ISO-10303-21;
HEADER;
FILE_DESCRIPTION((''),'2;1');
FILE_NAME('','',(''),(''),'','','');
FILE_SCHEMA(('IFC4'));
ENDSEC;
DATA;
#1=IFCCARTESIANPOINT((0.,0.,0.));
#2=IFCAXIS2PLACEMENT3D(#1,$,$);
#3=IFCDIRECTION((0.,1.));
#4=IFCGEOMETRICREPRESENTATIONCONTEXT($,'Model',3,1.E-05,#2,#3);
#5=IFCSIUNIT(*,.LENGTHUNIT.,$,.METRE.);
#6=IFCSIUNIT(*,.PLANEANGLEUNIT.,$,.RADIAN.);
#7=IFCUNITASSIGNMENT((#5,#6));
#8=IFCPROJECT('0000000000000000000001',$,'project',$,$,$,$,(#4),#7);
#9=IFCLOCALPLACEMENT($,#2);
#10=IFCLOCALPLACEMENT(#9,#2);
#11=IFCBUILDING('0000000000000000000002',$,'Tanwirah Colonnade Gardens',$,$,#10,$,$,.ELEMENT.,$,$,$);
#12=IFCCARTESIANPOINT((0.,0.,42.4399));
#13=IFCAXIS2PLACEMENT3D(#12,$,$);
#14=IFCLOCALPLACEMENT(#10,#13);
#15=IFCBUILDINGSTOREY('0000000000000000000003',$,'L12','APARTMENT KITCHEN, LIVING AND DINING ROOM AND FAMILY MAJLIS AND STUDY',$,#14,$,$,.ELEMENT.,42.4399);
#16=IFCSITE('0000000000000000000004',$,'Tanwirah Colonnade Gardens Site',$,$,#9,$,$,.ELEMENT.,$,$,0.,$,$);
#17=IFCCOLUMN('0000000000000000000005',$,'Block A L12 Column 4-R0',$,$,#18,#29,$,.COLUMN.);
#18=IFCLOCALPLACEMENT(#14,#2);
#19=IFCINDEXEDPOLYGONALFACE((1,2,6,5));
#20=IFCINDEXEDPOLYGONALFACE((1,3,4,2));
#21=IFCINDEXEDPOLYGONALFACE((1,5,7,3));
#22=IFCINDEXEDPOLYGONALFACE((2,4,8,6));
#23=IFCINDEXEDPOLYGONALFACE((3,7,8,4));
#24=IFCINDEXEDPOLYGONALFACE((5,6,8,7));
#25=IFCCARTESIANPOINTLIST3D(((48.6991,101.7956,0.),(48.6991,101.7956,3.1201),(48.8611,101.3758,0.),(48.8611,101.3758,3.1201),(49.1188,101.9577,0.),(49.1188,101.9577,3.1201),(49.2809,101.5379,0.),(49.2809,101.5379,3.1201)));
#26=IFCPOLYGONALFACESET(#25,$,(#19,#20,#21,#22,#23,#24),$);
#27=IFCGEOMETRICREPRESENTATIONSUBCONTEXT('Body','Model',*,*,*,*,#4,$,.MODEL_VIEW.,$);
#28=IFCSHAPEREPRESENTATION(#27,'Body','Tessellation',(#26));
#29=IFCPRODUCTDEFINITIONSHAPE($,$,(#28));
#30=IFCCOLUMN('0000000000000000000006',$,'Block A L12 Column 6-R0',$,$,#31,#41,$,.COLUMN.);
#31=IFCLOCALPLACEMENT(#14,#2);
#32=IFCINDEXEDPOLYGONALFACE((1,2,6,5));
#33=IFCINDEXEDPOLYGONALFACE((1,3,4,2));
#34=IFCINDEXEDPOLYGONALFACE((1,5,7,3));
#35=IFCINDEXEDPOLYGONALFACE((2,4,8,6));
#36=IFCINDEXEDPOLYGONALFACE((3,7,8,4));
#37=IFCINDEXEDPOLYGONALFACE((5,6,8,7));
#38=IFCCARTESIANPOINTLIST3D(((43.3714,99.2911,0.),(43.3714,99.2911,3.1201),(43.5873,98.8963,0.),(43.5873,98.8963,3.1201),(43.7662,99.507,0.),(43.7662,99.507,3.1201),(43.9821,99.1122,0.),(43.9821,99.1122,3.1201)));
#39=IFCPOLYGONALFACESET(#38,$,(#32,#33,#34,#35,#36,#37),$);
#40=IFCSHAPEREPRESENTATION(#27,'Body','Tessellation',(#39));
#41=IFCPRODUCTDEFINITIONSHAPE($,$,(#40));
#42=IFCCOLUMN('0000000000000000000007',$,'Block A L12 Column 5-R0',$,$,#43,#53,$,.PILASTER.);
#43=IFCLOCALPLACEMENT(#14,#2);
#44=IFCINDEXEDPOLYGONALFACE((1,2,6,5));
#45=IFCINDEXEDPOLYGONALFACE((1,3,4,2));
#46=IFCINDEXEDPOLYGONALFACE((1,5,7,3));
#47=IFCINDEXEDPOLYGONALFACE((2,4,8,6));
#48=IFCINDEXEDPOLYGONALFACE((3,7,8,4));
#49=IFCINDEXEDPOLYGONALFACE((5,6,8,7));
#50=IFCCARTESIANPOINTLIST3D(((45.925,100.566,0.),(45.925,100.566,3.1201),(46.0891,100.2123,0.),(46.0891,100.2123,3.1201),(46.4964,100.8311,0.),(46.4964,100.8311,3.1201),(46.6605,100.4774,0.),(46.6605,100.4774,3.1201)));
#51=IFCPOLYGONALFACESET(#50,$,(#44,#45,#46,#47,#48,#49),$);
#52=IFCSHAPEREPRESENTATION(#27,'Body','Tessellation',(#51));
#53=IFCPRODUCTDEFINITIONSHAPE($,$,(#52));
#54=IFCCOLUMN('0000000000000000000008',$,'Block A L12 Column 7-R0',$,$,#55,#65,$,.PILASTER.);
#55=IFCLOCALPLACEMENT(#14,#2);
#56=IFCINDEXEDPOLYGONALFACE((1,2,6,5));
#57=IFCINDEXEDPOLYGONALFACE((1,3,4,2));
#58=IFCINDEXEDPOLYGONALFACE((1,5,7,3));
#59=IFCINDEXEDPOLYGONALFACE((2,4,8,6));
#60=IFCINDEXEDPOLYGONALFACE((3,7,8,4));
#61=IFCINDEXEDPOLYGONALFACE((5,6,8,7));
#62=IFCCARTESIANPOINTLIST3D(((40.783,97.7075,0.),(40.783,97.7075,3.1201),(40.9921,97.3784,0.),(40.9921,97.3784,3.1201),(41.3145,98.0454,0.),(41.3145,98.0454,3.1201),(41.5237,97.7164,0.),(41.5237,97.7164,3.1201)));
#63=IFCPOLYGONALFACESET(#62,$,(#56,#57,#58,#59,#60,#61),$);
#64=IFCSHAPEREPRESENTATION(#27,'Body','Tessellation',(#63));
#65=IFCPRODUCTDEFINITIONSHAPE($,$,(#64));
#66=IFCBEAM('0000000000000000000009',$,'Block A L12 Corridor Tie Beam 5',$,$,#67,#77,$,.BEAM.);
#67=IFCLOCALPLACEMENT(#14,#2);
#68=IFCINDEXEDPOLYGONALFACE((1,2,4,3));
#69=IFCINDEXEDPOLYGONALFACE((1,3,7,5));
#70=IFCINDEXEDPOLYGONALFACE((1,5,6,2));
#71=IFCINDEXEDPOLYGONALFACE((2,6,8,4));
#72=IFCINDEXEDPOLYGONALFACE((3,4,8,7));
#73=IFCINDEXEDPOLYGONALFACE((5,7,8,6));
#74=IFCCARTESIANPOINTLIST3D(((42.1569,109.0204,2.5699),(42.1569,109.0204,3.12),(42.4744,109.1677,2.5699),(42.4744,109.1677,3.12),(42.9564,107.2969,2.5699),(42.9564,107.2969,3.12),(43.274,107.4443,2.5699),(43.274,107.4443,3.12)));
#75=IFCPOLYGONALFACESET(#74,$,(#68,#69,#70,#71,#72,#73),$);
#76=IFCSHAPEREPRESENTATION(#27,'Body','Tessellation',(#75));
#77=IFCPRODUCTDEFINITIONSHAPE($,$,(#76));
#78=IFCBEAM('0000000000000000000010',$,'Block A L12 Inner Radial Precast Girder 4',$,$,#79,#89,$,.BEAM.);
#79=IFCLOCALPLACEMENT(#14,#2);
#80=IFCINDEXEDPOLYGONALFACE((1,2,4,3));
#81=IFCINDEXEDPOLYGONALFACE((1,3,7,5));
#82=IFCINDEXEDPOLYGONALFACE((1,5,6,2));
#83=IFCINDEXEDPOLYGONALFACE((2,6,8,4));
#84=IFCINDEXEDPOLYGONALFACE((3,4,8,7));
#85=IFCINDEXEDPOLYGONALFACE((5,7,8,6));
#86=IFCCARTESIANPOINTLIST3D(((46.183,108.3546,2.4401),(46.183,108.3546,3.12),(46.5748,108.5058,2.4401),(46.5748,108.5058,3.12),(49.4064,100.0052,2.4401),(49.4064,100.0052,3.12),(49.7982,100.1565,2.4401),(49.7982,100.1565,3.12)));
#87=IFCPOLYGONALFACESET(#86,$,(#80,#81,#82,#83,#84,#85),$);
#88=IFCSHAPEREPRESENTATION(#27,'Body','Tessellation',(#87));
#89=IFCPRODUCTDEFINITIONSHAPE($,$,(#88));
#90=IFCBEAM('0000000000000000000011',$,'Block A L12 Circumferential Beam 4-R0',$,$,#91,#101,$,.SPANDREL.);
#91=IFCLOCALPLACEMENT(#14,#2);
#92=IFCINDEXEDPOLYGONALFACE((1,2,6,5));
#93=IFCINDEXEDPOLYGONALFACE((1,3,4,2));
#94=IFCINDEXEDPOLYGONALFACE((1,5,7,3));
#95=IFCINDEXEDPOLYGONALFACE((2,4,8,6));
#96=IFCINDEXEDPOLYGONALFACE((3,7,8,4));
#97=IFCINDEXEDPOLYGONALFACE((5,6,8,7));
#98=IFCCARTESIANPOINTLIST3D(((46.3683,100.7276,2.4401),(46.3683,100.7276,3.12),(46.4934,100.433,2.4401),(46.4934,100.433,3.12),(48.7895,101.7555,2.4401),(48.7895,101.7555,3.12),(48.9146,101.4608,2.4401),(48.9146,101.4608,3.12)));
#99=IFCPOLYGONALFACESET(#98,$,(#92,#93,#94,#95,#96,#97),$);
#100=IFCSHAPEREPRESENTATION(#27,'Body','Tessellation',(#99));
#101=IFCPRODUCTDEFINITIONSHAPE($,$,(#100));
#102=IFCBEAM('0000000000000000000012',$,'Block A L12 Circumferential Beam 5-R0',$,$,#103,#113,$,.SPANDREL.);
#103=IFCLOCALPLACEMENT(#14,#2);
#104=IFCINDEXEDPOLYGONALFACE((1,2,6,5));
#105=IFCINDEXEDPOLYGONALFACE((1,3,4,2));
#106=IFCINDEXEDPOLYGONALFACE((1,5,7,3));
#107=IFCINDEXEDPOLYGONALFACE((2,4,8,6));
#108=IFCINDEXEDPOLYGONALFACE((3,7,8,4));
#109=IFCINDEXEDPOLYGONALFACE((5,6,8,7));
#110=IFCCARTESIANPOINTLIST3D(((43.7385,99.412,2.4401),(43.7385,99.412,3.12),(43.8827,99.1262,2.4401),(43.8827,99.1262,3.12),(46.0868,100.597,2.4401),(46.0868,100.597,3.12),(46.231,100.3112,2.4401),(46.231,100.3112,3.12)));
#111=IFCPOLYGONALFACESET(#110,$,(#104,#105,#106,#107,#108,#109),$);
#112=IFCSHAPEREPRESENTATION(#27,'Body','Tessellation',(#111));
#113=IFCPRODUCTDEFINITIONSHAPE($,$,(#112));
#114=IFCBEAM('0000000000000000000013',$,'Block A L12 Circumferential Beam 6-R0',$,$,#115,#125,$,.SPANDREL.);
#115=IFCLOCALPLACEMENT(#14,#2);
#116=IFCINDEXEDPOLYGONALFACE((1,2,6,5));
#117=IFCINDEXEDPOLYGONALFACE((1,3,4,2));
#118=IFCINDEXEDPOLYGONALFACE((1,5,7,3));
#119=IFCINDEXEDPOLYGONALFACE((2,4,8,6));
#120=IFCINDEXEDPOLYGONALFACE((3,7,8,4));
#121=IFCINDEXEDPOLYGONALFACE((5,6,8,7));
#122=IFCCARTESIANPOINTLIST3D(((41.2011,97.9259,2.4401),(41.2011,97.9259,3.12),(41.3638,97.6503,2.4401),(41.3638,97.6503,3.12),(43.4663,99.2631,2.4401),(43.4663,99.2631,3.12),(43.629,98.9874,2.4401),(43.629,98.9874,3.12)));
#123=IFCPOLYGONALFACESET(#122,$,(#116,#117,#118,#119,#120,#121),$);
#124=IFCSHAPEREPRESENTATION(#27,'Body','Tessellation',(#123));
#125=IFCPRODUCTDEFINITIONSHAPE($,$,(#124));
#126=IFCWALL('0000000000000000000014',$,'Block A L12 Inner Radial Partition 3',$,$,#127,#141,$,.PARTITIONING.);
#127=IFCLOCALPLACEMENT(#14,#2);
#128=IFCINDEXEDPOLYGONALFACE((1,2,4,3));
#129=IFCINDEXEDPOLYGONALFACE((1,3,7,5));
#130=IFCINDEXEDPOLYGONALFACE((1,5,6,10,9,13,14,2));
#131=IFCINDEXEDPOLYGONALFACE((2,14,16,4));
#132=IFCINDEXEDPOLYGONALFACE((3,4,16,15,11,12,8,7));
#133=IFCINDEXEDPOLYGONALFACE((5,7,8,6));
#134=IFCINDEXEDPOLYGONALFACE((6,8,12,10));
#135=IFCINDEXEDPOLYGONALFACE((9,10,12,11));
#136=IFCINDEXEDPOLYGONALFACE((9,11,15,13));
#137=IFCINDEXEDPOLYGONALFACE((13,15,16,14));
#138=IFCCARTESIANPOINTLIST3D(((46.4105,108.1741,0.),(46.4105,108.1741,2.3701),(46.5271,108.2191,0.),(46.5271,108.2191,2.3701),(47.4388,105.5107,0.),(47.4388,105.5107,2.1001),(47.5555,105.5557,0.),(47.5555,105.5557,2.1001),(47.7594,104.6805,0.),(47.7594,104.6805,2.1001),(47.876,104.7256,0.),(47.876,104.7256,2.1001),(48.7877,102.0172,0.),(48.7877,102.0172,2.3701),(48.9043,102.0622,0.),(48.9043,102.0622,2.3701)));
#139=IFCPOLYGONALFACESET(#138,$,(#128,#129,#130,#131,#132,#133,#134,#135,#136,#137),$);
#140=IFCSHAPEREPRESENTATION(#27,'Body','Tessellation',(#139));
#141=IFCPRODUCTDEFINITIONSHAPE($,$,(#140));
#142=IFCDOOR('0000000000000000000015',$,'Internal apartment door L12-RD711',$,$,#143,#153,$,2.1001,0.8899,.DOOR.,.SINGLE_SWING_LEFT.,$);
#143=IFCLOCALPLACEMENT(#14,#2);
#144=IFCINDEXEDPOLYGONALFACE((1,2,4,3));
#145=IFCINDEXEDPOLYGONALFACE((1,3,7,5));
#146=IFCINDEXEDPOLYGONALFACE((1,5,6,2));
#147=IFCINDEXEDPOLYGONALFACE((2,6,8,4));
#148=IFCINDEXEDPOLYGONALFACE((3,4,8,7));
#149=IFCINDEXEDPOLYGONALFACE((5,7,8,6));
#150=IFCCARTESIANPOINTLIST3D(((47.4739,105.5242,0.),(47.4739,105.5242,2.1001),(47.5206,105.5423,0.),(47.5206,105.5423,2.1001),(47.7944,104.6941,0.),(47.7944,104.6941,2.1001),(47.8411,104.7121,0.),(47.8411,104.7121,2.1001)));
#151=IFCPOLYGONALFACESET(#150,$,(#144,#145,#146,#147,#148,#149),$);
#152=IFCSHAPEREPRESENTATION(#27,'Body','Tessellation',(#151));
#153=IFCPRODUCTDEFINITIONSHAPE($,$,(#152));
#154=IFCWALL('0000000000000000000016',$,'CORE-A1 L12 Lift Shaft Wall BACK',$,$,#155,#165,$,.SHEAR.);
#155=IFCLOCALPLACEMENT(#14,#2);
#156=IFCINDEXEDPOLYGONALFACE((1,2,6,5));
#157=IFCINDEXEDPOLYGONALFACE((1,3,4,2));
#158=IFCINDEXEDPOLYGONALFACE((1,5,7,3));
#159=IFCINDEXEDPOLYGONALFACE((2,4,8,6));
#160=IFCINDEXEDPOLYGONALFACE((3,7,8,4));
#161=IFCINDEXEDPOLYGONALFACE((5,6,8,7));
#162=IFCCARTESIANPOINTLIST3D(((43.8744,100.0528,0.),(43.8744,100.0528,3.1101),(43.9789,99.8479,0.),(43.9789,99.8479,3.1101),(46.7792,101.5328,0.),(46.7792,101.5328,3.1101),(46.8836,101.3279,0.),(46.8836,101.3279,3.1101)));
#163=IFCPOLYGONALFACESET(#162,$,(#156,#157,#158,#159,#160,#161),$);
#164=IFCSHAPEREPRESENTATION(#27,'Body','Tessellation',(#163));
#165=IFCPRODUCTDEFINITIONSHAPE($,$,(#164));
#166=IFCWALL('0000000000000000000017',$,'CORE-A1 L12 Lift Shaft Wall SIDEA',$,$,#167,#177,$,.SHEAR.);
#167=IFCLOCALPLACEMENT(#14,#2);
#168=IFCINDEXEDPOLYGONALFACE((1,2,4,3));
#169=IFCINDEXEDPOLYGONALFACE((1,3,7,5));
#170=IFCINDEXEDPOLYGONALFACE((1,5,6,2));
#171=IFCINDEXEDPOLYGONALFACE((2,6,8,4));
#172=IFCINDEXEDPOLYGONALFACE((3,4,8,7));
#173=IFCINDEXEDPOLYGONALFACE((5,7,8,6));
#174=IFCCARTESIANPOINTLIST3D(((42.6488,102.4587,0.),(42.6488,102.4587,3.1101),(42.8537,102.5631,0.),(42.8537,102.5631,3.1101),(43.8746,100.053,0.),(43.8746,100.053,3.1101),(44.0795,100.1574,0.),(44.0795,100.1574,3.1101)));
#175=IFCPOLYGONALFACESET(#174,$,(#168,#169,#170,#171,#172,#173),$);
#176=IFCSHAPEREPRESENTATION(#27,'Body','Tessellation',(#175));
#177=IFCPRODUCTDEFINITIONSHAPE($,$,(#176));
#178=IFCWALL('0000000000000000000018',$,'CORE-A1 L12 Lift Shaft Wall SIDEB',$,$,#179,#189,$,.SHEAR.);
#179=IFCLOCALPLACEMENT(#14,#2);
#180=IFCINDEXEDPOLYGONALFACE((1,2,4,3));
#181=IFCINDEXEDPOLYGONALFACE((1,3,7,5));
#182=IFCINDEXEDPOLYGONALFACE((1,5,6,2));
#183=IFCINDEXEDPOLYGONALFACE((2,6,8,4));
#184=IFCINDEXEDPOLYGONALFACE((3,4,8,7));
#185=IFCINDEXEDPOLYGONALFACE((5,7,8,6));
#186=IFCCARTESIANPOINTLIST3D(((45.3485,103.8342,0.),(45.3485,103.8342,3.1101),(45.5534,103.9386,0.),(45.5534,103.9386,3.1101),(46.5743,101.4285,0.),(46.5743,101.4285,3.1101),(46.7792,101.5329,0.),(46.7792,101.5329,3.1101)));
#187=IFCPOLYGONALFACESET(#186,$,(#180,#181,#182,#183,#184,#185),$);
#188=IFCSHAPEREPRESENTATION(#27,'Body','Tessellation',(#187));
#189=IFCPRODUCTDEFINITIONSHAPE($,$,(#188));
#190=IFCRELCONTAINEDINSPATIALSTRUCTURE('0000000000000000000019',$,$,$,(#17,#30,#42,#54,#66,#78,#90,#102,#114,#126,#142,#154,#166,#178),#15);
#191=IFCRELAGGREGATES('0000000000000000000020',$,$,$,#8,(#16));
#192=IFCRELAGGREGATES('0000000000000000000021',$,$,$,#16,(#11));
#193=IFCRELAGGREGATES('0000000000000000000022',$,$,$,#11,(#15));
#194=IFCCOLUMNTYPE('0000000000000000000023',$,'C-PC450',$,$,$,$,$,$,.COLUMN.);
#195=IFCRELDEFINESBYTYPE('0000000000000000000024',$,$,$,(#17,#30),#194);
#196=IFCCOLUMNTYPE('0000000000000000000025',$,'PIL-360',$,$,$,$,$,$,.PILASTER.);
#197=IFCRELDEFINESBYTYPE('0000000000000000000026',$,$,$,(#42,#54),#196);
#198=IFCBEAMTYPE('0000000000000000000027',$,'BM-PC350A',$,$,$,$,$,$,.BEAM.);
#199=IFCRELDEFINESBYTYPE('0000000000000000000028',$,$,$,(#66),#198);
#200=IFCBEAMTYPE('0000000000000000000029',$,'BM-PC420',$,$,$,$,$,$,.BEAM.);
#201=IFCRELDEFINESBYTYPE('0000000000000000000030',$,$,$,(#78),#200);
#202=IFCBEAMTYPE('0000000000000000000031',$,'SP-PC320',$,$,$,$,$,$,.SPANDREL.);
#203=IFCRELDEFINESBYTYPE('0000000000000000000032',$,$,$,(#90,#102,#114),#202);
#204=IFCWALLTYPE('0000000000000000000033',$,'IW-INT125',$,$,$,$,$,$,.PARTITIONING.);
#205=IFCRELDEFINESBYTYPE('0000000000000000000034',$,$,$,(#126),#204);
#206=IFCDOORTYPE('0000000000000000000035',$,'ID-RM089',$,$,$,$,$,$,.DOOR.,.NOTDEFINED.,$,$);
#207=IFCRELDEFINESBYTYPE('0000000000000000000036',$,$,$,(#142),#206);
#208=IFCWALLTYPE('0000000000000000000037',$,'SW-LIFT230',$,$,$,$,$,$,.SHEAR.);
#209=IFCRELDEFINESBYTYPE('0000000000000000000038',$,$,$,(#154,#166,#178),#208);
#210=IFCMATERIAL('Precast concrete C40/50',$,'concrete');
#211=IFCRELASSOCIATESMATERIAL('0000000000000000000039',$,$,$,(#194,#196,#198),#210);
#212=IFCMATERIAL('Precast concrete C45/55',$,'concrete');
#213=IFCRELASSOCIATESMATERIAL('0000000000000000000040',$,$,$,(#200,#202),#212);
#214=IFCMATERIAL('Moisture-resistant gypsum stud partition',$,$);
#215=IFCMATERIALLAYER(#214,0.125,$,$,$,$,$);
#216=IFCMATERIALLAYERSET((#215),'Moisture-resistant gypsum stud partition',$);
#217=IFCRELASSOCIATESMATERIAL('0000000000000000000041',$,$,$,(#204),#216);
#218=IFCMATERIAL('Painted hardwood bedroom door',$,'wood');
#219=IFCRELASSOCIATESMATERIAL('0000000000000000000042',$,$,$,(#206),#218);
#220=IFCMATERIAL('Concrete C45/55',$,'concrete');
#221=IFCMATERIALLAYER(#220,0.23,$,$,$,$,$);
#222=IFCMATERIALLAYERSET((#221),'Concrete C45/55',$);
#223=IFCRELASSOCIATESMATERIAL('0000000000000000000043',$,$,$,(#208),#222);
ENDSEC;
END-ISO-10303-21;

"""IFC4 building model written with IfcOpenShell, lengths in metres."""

from ifc_helpers import new_model, si_unit, direction, frame, frame_2d, origin, origin_2d, place, context, subcontext, project, spatial, rectangle, extrude, material, layer, layer_set, material_profile, profile_set, type_object, element, fill, save


model = new_model("IFC4")

# Units and contexts
model_context = context("Model", 3, precision=1e-05, world=origin(), true_north=direction((0.0, 1.0)))
body_context = subcontext(model_context, "Body", "Model", "MODEL_VIEW")
ifc_project = project(units=[si_unit("LENGTHUNIT", "METRE"), si_unit("PLANEANGLEUNIT", "RADIAN")], contexts=[model_context])

# Site, building, storey
site_placement = place(None, origin())
site = spatial("IfcSite", under=ifc_project, at=site_placement, Name="Tanwirah Colonnade Gardens Site", CompositionType="ELEMENT", RefElevation=0.0)
building_placement = place(site_placement, origin())
building = spatial("IfcBuilding", under=site, at=building_placement, Name="Tanwirah Colonnade Gardens", CompositionType="ELEMENT")
storey_placement = place(building_placement, frame((0.0, 0.0, 42.4399)))
storey = spatial("IfcBuildingStorey", under=building, at=storey_placement, Name="L12", Description="APARTMENT KITCHEN, LIVING AND DINING ROOM AND FAMILY MAJLIS AND STUDY", CompositionType="ELEMENT", Elevation=42.4399)

# Columns
ifc_material_1 = material(Name="Precast concrete C40/50", Category="concrete")
ifc_material_profile_1 = material_profile(ifc_material_1, rectangle(XDim=0.45, YDim=0.45, at=origin_2d()), Name="PC-COL 450x450")
ifc_profile_set_1 = profile_set([ifc_material_profile_1], Name="Precast concrete C40/50")
column_type_1 = type_object("IfcColumnType", Name="C-PC450", PredefinedType="COLUMN", material=ifc_profile_set_1)
for number, where, z_axis, x_axis, name in (
    (1, (48.99, 101.6667, 0.0), (0.0, 0.0, 1.0), (-0.360178, 0.932884, 0.0), "Block A L12 Column 4-R0"),
    (2, (43.6768, 99.2017, 0.0), (0.0, 0.0, 1.0), (-0.479713, 0.877425, 0.0), "Block A L12 Column 6-R0"),
):
    element("IfcColumn", number, at=place(storey_placement, frame(where, z_axis=z_axis, x_axis=x_axis)), inside=storey, type_object=column_type_1, Name=name, PredefinedType="COLUMN", context=body_context, shape_type="SweptSolid", body=[
        extrude(rectangle(XDim=0.45, YDim=0.45, at=origin_2d()), origin(), (0.0, 0.0, 1.0), 3.1201),
    ])
ifc_material_profile_2 = material_profile(ifc_material_1, rectangle(XDim=0.3899, YDim=0.6299, at=origin_2d()), Name="PC-PIL 390x630")
ifc_profile_set_2 = profile_set([ifc_material_profile_2], Name="Precast concrete C40/50")
column_type_2 = type_object("IfcColumnType", Name="PIL-360", PredefinedType="PILASTER", material=ifc_profile_set_2)
for number, where, z_axis, x_axis, name in (
    (3, (46.2927, 100.5217, 0.0), (0.0, 0.0, 1.0), (-0.42086, 0.907126, 0.0), "Block A L12 Column 5-R0"),
    (4, (41.1533, 97.7119, 0.0), (0.0, 0.0, 1.0), (-0.536482, 0.843912, 0.0), "Block A L12 Column 7-R0"),
):
    element("IfcColumn", number, at=place(storey_placement, frame(where, z_axis=z_axis, x_axis=x_axis)), inside=storey, type_object=column_type_2, Name=name, PredefinedType="PILASTER", context=body_context, shape_type="SweptSolid", body=[
        extrude(rectangle(XDim=0.3899, YDim=0.6299, at=origin_2d()), origin(), (0.0, 0.0, 1.0), 3.1201),
    ])

# Beams
ifc_material_profile_3 = material_profile(ifc_material_1, rectangle(XDim=0.3501, YDim=0.55, at=origin_2d()), Name="PC-BM 350x550")
ifc_profile_set_3 = profile_set([ifc_material_profile_3], Name="Precast concrete C40/50")
beam_type_1 = type_object("IfcBeamType", Name="BM-PC350A", PredefinedType="BEAM", material=ifc_profile_set_3)
beam_1_placement = place(storey_placement, frame((43.1152, 107.3706, 2.845), z_axis=(-0.420858, 0.907126, 0.0), x_axis=(-0.907126, -0.420858, 0.0)))
element("IfcBeam", 5, at=beam_1_placement, inside=storey, type_object=beam_type_1, Name="Block A L12 Corridor Tie Beam 5", PredefinedType="BEAM", context=body_context, shape_type="SweptSolid", body=[
    extrude(rectangle(XDim=0.3501, YDim=0.55, at=origin_2d()), origin(), (0.0, 0.0, 1.0), 1.8999),
])
ifc_material_2 = material(Name="Precast concrete C45/55", Category="concrete")
ifc_material_profile_4 = material_profile(ifc_material_2, rectangle(XDim=0.4199, YDim=0.6799, at=origin_2d()), Name="PC-BM 420x680")
ifc_profile_set_4 = profile_set([ifc_material_profile_4], Name="Precast concrete C45/55")
beam_type_2 = type_object("IfcBeamType", Name="BM-PC420", PredefinedType="BEAM", material=ifc_profile_set_4)
beam_2_placement = place(storey_placement, frame((46.3789, 108.4302, 2.78), z_axis=(0.360156, -0.932892, 0.0), x_axis=(0.932892, 0.360156, 0.0)))
element("IfcBeam", 6, at=beam_2_placement, inside=storey, type_object=beam_type_2, Name="Block A L12 Inner Radial Precast Girder 4", PredefinedType="BEAM", context=body_context, shape_type="SweptSolid", body=[
    extrude(rectangle(XDim=0.4199, YDim=0.6799, at=origin_2d()), origin(), (0.0, 0.0, 1.0), 8.95),
])
ifc_material_profile_5 = material_profile(ifc_material_2, rectangle(XDim=0.3201, YDim=0.6799, at=origin_2d()), Name="PC-SP 320x680")
ifc_profile_set_5 = profile_set([ifc_material_profile_5], Name="Precast concrete C45/55")
beam_type_3 = type_object("IfcBeamType", Name="SP-PC320", PredefinedType="SPANDREL", material=ifc_profile_set_5)
for number, where, z_axis, x_axis, name in (
    (7, (48.8521, 101.6082, 2.78), (-0.920489, -0.390769, 0.0), (0.390769, -0.920489, 0.0), "Block A L12 Circumferential Beam 4-R0"),
    (8, (46.1589, 100.4541, 2.78), (-0.892769, -0.450515, 0.0), (0.450515, -0.892769, 0.0), "Block A L12 Circumferential Beam 5-R0"),
    (9, (43.5476, 99.1252, 2.78), (-0.861148, -0.508354, 0.0), (0.508354, -0.861148, 0.0), "Block A L12 Circumferential Beam 6-R0"),
):
    element("IfcBeam", number, at=place(storey_placement, frame(where, z_axis=z_axis, x_axis=x_axis)), inside=storey, type_object=beam_type_3, Name=name, PredefinedType="SPANDREL", context=body_context, shape_type="SweptSolid", body=[
        extrude(rectangle(XDim=0.3201, YDim=0.6799, at=origin_2d()), origin(), (0.0, 0.0, 1.0), 2.6304),
    ])

# Wall, opening, door
ifc_material_3 = material(Name="Moisture-resistant gypsum stud partition")
ifc_layer_1 = layer(ifc_material_3, 0.125)
ifc_layer_set_1 = layer_set([ifc_layer_1], Name="Moisture-resistant gypsum stud partition")
wall_type_1 = type_object("IfcWallType", Name="IW-INT125", PredefinedType="PARTITIONING", material=ifc_layer_set_1)
wall_1_placement = place(storey_placement, frame((48.8459, 102.0398, 0.0), z_axis=(0.0, 0.0, 1.0), x_axis=(-0.360183, 0.932881, 0.0)))
wall_1 = element("IfcWall", 10, at=wall_1_placement, inside=storey, type_object=wall_type_1, Name="Block A L12 Inner Radial Partition 3", PredefinedType="PARTITIONING", context=body_context, shape_type="SweptSolid", body=[
    extrude(rectangle(XDim=6.5999, YDim=0.125, at=frame_2d((3.2998, 0.0))), origin(), (0.0, 0.0, 1.0), 2.3701),
])
opening_1_placement = place(wall_1_placement, frame((2.855, 0.0, 0.0)))
opening_1 = element("IfcOpeningElement", 11, at=opening_1_placement, cuts=wall_1, PredefinedType="OPENING", context=body_context, shape_type="SweptSolid", body=[
    extrude(rectangle(XDim=0.8899, YDim=2.1001, at=frame_2d((0.4448, 1.05))), frame((0.0, 0.0725, 0.0), z_axis=(0.0, -1.0, 0.0), x_axis=(1.0, 0.0, 0.0)), (0.0, 0.0, 1.0), 0.145),
])
ifc_material_4 = material(Name="Painted hardwood bedroom door", Category="wood")
door_type_1 = type_object("IfcDoorType", Name="ID-RM089", OperationType="NOTDEFINED", PredefinedType="DOOR", material=ifc_material_4)
door_1_placement = place(opening_1_placement, origin())
door_1 = element("IfcDoor", 12, at=door_1_placement, inside=storey, type_object=door_type_1, Name="Internal apartment door L12-RD711", OperationType="SINGLE_SWING_LEFT", OverallHeight=2.1001, OverallWidth=0.8899, PredefinedType="DOOR", context=body_context, shape_type="SweptSolid", body=[
    extrude(rectangle(XDim=0.8899, YDim=2.1001, at=frame_2d((0.4448, 1.05))), frame((0.0, 0.0249, 0.0), z_axis=(0.0, -1.0, 0.0), x_axis=(1.0, 0.0, 0.0)), (0.0, 0.0, 1.0), 0.05),
])
fill(opening_1, door_1)
ifc_material_5 = material(Name="Concrete C45/55", Category="concrete")
ifc_layer_2 = layer(ifc_material_5, 0.23)
ifc_layer_set_2 = layer_set([ifc_layer_2], Name="Concrete C45/55")
wall_type_2 = type_object("IfcWallType", Name="SW-LIFT230", PredefinedType="SHEAR", material=ifc_layer_set_2)

# Walls
wall_2_placement = place(storey_placement, frame((43.9268, 99.9504, 0.0), z_axis=(0.0, 0.0, 1.0), x_axis=(0.891017, 0.453971, 0.0)))
element("IfcWall", 13, at=wall_2_placement, inside=storey, type_object=wall_type_2, Name="CORE-A1 L12 Lift Shaft Wall BACK", PredefinedType="SHEAR", context=body_context, shape_type="SweptSolid", body=[
    extrude(rectangle(XDim=3.26, YDim=0.23, at=frame_2d((1.6299, 0.0))), origin(), (0.0, 0.0, 1.0), 3.1101),
])
for number, where, z_axis, x_axis, name in (
    (14, (42.7512, 102.511, 0.0), (0.0, 0.0, 1.0), (0.454, -0.891002, 0.0), "CORE-A1 L12 Lift Shaft Wall SIDEA"),
    (15, (45.4509, 103.8865, 0.0), (0.0, 0.0, 1.0), (0.454, -0.891002, 0.0), "CORE-A1 L12 Lift Shaft Wall SIDEB"),
):
    element("IfcWall", number, at=place(storey_placement, frame(where, z_axis=z_axis, x_axis=x_axis)), inside=storey, type_object=wall_type_2, Name=name, PredefinedType="SHEAR", context=body_context, shape_type="SweptSolid", body=[
        extrude(rectangle(XDim=2.7, YDim=0.23, at=frame_2d((1.3501, 0.0))), origin(), (0.0, 0.0, 1.0), 3.1101),
    ])

save(model, "model.ifc")
